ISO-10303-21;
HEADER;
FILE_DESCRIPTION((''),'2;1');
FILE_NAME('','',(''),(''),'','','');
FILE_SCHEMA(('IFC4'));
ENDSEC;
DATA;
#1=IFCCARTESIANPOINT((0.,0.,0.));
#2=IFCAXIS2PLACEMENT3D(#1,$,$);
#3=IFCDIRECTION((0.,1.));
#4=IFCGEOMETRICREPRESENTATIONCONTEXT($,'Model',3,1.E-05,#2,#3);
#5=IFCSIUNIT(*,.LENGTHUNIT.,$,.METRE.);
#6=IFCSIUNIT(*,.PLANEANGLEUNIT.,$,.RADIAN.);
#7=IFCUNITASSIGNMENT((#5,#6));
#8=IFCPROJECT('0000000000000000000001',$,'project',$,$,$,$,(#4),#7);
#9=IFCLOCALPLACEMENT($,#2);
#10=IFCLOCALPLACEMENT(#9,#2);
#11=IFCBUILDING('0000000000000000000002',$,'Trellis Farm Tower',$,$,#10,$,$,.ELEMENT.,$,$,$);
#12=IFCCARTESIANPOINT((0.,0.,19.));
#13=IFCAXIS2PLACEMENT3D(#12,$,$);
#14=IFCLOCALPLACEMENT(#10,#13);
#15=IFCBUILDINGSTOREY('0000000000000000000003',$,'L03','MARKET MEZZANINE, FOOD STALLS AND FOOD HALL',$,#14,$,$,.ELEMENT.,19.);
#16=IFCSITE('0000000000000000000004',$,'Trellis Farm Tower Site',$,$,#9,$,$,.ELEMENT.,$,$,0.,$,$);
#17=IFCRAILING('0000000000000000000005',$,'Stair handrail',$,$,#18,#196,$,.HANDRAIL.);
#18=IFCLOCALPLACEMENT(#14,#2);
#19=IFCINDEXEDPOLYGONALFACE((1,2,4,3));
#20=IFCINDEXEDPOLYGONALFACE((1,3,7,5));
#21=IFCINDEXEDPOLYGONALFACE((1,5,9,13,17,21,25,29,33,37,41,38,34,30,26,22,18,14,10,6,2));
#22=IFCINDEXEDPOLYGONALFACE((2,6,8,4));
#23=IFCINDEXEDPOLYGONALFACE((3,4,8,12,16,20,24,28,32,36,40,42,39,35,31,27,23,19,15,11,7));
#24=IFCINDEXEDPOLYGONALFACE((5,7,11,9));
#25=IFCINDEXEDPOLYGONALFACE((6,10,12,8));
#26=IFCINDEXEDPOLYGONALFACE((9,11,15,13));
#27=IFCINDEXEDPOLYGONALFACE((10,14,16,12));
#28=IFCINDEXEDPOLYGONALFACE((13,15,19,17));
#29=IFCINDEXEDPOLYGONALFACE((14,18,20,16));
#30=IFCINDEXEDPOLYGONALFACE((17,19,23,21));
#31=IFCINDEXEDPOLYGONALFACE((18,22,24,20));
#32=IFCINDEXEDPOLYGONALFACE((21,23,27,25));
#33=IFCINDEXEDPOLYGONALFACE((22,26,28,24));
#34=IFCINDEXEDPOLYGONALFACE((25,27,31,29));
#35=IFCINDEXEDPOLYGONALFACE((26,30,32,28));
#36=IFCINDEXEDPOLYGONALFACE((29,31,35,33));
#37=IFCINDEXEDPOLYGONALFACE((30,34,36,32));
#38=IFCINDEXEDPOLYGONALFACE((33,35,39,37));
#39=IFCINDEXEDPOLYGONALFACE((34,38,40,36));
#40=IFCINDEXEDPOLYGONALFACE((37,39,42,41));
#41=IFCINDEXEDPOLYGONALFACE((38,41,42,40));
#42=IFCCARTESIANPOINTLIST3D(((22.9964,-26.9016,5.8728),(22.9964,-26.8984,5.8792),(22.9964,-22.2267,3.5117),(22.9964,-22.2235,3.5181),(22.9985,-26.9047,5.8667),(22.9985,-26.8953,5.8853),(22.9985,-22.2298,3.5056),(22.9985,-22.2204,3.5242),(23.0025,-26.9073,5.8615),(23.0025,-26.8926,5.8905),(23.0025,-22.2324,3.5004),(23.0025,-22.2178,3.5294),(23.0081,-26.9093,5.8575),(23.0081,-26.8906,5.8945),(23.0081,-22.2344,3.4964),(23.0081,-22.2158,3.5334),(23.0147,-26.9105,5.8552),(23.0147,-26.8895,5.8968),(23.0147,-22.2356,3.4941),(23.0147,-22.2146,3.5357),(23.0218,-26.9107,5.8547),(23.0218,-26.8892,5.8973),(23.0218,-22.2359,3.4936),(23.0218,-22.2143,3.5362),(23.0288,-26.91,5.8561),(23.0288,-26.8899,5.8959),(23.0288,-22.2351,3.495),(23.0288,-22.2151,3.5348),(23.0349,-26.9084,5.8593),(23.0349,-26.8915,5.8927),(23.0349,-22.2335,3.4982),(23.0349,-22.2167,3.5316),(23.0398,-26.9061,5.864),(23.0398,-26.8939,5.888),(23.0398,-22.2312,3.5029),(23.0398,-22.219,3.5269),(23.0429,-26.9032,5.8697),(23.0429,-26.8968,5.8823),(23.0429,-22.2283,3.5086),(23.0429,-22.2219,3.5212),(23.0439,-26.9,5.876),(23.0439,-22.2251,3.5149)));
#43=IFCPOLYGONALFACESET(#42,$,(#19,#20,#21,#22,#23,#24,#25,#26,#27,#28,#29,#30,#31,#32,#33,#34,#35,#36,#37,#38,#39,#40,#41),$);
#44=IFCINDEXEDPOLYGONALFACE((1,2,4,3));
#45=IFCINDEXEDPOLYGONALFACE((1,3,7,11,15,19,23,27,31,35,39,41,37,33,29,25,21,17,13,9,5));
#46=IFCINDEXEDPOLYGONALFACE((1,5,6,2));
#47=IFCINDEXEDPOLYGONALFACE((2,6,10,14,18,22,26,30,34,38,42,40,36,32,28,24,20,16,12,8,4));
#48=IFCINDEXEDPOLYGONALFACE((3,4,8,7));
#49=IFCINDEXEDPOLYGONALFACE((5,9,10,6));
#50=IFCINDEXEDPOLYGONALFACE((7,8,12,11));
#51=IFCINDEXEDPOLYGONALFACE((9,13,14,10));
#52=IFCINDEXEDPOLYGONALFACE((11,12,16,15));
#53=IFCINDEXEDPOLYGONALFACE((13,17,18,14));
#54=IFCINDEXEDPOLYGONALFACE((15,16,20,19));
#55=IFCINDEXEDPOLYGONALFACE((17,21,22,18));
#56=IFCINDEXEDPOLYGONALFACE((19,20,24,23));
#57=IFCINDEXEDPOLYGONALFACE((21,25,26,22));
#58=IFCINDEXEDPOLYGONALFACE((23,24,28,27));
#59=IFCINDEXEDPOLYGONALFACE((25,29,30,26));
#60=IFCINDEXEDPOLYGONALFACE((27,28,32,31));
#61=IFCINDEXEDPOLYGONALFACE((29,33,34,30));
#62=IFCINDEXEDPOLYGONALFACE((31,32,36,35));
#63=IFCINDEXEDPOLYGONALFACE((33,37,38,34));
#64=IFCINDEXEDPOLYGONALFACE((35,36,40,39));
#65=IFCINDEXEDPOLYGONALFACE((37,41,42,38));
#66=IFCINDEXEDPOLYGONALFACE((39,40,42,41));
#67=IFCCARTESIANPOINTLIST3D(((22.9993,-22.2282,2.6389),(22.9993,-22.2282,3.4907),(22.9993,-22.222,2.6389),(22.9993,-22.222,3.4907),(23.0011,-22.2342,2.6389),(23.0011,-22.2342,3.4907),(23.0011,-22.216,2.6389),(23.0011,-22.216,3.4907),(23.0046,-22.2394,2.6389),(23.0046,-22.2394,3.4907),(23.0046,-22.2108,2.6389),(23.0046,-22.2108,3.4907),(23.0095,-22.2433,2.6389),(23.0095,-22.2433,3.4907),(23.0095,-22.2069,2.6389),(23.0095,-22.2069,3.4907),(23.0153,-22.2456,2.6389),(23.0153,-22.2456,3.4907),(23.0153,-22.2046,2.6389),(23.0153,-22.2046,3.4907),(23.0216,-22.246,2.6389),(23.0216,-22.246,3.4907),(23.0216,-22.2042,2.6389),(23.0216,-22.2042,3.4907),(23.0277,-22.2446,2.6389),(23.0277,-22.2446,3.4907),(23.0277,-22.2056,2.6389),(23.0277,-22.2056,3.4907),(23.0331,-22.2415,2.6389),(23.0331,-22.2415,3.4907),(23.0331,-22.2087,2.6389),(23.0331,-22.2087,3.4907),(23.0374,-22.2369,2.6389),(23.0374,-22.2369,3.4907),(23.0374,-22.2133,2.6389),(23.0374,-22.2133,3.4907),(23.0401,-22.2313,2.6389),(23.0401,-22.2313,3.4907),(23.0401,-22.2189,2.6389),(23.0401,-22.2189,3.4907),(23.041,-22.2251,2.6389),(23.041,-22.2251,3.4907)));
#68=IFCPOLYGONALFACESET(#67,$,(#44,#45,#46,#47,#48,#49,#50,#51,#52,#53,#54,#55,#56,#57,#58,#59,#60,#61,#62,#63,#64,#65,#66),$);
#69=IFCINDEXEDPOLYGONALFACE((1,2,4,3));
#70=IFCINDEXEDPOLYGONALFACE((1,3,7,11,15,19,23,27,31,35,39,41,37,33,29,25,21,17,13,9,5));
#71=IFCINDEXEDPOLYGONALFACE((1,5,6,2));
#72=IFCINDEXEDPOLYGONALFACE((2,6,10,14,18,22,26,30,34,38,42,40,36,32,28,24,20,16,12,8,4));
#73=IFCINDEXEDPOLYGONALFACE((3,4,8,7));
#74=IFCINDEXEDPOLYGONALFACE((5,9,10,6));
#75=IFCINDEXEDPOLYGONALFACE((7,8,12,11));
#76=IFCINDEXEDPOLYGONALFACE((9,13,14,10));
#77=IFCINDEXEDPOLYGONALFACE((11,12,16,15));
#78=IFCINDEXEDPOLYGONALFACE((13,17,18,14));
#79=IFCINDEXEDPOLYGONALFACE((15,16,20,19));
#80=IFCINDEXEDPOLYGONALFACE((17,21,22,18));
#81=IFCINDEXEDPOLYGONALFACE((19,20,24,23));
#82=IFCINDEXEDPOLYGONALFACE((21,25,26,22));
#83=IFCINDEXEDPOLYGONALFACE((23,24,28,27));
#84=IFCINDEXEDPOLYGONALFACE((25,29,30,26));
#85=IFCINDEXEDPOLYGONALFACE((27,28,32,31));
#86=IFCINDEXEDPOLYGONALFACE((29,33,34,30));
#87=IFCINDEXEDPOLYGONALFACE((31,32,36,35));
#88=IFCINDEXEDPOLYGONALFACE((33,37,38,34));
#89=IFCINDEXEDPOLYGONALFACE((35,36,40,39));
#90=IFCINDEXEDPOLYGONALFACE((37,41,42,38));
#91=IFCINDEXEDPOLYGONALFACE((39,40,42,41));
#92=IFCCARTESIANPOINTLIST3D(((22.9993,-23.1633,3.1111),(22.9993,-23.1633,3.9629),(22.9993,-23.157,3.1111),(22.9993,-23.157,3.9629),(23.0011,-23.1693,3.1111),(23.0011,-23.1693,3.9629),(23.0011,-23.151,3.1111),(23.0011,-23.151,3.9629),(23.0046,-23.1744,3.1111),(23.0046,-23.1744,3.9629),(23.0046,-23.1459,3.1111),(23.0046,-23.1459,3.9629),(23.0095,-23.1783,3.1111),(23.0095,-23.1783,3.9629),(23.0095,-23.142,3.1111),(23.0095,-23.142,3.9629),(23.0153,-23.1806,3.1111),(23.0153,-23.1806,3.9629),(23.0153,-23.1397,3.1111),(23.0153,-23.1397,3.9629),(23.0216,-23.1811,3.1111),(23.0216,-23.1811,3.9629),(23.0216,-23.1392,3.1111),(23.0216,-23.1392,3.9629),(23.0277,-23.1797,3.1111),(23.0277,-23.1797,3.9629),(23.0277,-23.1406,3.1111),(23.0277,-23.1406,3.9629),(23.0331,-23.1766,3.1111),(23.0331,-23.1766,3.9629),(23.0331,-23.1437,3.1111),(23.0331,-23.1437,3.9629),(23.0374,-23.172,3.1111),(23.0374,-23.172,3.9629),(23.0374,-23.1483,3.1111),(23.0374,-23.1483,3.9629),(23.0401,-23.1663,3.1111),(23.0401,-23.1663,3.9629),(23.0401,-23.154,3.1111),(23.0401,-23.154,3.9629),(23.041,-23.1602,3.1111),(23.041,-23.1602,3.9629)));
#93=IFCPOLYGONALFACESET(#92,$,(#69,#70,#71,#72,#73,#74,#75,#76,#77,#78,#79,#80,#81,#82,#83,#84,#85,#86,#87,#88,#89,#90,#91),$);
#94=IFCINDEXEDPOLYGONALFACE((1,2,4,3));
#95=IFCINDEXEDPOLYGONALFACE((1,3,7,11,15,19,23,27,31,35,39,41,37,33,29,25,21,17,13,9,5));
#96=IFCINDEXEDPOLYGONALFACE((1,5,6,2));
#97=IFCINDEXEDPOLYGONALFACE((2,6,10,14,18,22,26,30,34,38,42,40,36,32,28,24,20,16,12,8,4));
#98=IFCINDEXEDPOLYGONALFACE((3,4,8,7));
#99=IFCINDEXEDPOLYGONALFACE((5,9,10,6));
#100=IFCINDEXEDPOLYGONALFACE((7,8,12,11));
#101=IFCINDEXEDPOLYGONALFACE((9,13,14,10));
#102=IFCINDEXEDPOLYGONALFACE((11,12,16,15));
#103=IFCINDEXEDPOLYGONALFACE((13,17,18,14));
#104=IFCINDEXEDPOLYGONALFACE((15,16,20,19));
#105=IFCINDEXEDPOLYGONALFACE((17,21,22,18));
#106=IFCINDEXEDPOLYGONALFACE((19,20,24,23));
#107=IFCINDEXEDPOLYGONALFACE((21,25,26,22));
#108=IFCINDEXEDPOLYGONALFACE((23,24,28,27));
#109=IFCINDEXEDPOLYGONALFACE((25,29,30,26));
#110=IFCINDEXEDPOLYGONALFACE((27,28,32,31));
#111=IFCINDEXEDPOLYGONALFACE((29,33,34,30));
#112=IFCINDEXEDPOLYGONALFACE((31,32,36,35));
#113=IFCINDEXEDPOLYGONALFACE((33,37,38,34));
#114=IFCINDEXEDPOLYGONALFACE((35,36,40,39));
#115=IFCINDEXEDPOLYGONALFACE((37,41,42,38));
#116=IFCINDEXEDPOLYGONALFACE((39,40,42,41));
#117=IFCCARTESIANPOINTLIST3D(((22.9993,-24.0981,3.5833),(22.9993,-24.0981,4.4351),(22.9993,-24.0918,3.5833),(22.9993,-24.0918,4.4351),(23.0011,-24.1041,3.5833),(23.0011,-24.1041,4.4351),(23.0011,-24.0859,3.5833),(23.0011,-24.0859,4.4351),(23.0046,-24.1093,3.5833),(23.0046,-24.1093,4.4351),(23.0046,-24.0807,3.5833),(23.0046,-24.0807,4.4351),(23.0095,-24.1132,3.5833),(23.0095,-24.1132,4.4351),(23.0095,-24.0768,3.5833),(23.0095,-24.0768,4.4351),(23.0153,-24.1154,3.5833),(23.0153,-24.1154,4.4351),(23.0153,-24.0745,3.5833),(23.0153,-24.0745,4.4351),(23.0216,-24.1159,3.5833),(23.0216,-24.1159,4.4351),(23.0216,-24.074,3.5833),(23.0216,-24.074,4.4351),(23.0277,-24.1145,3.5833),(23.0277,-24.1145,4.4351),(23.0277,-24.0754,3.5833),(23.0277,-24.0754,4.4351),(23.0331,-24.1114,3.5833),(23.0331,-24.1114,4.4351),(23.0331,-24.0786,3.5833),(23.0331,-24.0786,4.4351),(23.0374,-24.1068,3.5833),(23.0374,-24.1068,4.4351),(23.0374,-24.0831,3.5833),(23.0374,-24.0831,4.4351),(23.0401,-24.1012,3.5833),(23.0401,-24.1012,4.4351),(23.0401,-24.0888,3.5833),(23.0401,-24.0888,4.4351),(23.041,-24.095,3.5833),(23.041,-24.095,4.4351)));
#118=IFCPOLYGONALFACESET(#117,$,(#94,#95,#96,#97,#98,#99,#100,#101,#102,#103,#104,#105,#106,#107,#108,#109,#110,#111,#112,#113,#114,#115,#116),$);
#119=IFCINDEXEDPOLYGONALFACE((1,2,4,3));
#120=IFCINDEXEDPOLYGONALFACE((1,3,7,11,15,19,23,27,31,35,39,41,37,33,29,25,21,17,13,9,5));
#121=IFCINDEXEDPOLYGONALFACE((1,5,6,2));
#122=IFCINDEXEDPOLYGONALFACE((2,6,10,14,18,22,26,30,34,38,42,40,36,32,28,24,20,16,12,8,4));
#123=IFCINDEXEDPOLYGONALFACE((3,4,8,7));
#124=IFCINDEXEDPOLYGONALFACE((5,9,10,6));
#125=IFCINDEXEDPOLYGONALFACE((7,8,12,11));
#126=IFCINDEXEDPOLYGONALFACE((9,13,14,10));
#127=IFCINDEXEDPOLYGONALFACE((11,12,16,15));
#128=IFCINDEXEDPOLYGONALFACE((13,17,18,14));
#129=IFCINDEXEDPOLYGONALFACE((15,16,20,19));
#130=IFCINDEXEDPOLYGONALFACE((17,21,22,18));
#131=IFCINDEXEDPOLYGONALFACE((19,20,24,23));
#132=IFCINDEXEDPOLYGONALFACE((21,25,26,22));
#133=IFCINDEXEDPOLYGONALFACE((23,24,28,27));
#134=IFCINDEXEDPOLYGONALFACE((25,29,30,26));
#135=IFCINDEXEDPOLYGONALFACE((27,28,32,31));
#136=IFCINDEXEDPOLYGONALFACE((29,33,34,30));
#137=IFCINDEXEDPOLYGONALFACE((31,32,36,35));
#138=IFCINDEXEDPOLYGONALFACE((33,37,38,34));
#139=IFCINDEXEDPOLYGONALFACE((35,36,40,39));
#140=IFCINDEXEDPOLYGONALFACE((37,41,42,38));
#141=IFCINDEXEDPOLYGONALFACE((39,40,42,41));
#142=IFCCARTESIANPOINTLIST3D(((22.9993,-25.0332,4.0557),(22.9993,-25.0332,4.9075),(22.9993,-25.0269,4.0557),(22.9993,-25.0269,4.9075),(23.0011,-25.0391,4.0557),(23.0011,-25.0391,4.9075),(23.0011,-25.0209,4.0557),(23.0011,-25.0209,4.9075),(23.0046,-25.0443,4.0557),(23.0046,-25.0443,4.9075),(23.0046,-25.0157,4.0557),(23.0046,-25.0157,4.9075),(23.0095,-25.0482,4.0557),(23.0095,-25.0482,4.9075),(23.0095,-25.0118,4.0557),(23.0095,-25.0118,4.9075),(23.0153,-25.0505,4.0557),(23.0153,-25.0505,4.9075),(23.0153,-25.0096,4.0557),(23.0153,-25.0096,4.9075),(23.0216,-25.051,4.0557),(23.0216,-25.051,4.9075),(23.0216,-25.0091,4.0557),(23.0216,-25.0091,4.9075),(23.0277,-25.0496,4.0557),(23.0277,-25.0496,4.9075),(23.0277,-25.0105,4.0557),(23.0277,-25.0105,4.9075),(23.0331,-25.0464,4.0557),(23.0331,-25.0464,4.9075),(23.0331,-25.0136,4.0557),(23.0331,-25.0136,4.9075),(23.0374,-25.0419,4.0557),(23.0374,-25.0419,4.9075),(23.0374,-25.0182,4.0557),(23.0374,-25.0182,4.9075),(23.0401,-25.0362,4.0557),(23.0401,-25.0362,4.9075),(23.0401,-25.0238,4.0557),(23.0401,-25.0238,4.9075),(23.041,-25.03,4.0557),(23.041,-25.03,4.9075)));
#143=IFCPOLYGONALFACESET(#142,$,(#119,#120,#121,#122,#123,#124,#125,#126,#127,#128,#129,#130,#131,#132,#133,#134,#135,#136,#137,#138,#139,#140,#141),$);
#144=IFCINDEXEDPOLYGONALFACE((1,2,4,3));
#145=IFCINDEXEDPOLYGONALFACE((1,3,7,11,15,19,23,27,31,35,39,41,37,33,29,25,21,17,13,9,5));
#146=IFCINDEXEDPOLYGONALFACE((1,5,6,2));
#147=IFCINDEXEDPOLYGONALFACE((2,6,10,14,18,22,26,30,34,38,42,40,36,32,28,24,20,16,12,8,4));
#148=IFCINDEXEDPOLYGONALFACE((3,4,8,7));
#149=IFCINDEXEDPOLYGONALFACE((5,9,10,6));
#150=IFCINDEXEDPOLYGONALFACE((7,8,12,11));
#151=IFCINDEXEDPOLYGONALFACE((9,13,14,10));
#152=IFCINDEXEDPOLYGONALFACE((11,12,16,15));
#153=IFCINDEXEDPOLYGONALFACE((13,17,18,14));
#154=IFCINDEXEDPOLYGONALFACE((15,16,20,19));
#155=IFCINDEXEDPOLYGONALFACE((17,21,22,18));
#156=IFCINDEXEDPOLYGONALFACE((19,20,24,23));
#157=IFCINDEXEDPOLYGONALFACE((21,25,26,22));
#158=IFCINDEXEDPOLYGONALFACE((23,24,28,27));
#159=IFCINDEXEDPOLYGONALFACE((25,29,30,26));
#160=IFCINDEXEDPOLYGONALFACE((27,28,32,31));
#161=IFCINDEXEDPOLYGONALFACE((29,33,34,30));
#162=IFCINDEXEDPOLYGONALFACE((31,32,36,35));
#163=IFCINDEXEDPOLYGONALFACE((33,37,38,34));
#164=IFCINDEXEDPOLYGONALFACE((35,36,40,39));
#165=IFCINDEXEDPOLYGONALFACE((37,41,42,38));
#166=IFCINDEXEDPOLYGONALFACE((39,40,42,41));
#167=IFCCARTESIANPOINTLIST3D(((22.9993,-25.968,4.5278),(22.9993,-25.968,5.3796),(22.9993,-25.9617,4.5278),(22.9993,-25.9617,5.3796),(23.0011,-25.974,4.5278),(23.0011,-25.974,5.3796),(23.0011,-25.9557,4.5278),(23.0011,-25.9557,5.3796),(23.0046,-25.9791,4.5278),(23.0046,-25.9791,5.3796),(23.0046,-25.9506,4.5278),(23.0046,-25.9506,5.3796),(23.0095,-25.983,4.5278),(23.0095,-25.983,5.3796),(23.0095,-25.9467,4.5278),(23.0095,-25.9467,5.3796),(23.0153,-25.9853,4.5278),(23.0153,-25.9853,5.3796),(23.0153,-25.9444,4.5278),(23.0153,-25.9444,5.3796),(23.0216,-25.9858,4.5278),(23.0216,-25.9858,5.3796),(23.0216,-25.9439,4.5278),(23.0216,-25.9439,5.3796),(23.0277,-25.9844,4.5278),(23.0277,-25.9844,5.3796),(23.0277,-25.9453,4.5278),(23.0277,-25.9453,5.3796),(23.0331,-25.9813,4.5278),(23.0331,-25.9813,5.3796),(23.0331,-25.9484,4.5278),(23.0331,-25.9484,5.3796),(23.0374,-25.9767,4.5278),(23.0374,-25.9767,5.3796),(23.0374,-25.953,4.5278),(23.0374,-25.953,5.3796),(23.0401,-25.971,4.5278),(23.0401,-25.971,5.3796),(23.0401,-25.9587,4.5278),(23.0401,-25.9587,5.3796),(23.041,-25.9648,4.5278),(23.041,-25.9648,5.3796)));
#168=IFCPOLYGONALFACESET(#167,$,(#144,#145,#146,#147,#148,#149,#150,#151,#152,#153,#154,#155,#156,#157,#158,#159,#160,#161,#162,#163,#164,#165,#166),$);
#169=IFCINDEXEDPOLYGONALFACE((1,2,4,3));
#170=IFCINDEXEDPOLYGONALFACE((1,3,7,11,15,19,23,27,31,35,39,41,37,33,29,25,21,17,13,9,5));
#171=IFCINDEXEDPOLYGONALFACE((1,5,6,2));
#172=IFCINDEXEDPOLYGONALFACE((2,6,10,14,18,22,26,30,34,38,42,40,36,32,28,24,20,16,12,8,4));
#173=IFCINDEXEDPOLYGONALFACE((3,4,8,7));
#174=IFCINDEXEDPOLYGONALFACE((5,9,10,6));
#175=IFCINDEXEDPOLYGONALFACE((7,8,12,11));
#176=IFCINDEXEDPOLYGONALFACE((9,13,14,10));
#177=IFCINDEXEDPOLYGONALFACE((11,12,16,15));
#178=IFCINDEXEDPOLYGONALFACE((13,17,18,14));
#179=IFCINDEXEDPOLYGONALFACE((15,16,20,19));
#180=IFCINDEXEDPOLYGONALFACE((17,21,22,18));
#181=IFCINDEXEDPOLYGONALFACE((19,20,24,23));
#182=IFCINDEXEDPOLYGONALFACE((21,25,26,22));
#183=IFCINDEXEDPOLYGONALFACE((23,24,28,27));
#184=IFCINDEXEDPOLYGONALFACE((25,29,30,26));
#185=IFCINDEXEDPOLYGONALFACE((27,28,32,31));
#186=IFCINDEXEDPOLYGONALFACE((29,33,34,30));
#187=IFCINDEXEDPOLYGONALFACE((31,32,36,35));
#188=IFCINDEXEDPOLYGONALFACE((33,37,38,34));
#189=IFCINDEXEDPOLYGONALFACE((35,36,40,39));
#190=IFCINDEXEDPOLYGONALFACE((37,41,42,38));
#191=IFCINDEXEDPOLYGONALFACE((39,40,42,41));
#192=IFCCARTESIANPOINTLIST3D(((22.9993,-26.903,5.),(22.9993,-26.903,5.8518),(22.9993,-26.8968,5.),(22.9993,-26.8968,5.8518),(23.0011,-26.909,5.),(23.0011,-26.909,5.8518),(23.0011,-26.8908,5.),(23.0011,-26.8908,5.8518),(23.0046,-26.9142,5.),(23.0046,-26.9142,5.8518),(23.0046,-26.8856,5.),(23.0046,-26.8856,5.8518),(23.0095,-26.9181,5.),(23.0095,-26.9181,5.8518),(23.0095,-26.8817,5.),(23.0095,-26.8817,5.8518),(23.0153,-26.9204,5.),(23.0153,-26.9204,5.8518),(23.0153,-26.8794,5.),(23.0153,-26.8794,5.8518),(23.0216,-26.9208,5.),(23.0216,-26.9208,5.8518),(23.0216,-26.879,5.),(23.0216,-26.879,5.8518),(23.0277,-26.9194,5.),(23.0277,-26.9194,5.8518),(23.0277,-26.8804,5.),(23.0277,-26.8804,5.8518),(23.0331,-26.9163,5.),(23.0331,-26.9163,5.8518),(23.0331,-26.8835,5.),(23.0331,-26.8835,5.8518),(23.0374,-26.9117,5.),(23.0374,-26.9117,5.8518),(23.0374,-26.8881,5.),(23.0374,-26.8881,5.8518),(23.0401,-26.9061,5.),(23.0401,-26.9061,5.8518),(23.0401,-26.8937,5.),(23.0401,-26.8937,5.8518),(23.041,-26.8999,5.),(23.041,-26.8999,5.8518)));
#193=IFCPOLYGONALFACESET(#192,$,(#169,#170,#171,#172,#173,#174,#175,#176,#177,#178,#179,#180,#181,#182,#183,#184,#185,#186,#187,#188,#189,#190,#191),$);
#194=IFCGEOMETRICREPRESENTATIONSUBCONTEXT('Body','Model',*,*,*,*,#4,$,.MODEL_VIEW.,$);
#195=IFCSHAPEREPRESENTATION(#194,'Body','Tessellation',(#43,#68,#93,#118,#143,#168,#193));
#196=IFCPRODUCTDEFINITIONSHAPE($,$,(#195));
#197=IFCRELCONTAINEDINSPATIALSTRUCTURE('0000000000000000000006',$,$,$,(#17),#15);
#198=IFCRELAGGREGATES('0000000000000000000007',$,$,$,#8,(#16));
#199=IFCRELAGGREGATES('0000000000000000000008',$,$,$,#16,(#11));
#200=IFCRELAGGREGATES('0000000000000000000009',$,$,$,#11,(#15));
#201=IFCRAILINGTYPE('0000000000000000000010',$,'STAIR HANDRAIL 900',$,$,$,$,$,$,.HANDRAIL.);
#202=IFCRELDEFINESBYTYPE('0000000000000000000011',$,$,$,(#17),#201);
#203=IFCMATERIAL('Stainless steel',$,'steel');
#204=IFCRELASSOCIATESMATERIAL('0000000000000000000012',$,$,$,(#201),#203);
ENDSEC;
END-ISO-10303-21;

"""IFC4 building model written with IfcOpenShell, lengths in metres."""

from ifc_helpers import new_model, si_unit, direction, frame, origin, origin_2d, place, context, subcontext, project, spatial, circle, extrude, source, transform, mapped, material, type_object, element, save


model = new_model("IFC4")

# Units and contexts
model_context = context("Model", 3, precision=1e-05, world=origin(), true_north=direction((0.0, 1.0)))
body_context = subcontext(model_context, "Body", "Model", "MODEL_VIEW")
ifc_project = project(units=[si_unit("LENGTHUNIT", "METRE"), si_unit("PLANEANGLEUNIT", "RADIAN")], contexts=[model_context])

# Site, building, storey
site_placement = place(None, origin())
site = spatial("IfcSite", under=ifc_project, at=site_placement, Name="Trellis Farm Tower Site", CompositionType="ELEMENT", RefElevation=0.0)
building_placement = place(site_placement, origin())
building = spatial("IfcBuilding", under=site, at=building_placement, Name="Trellis Farm Tower", CompositionType="ELEMENT")
storey_placement = place(building_placement, frame((0.0, 0.0, 19.0)))
storey = spatial("IfcBuildingStorey", under=building, at=storey_placement, Name="L03", Description="MARKET MEZZANINE, FOOD STALLS AND FOOD HALL", CompositionType="ELEMENT", Elevation=19.0)

# Railing
ifc_material_1 = material(Name="Stainless steel", Category="steel")
railing_type = type_object("IfcRailingType", Name="STAIR HANDRAIL 900", PredefinedType="HANDRAIL", material=ifc_material_1)
shared_shape_1 = source(origin(), body_context, "Body", "SweptSolid", [
    extrude(circle(Radius=0.0239, at=origin_2d()), frame((0.0, 0.0, 0.876), z_axis=(0.0, -0.892611, 0.450827), x_axis=(1.0, 0.0, 0.0)), (0.0, 0.0, 1.0), 5.2373),
    extrude(circle(Radius=0.021, at=origin_2d()), origin(), (0.0, 0.0, 1.0), 0.8518),
    extrude(circle(Radius=0.021, at=origin_2d()), frame((0.0, -0.9351, 0.4722)), (0.0, 0.0, 1.0), 0.8518),
    extrude(circle(Radius=0.021, at=origin_2d()), frame((0.0, -1.8699, 0.9443)), (0.0, 0.0, 1.0), 0.8518),
    extrude(circle(Radius=0.021, at=origin_2d()), frame((0.0, -2.8049, 1.4167)), (0.0, 0.0, 1.0), 0.8518),
    extrude(circle(Radius=0.021, at=origin_2d()), frame((0.0, -3.7397, 1.8889)), (0.0, 0.0, 1.0), 0.8518),
    extrude(circle(Radius=0.021, at=origin_2d()), frame((0.0, -4.6748, 2.3611)), (0.0, 0.0, 1.0), 0.8518),
])
for number, where, name in (
    (1, (23.02, -22.2251, 2.6389), "Stair handrail"),
):
    element("IfcRailing", number, at=place(storey_placement, frame(where)), inside=storey, type_object=railing_type, Name=name, PredefinedType="HANDRAIL", context=body_context, shape_type="MappedRepresentation", body=[
        mapped(shared_shape_1, transform((0.0, 0.0, 0.0))),
    ])

save(model, "model.ifc")
